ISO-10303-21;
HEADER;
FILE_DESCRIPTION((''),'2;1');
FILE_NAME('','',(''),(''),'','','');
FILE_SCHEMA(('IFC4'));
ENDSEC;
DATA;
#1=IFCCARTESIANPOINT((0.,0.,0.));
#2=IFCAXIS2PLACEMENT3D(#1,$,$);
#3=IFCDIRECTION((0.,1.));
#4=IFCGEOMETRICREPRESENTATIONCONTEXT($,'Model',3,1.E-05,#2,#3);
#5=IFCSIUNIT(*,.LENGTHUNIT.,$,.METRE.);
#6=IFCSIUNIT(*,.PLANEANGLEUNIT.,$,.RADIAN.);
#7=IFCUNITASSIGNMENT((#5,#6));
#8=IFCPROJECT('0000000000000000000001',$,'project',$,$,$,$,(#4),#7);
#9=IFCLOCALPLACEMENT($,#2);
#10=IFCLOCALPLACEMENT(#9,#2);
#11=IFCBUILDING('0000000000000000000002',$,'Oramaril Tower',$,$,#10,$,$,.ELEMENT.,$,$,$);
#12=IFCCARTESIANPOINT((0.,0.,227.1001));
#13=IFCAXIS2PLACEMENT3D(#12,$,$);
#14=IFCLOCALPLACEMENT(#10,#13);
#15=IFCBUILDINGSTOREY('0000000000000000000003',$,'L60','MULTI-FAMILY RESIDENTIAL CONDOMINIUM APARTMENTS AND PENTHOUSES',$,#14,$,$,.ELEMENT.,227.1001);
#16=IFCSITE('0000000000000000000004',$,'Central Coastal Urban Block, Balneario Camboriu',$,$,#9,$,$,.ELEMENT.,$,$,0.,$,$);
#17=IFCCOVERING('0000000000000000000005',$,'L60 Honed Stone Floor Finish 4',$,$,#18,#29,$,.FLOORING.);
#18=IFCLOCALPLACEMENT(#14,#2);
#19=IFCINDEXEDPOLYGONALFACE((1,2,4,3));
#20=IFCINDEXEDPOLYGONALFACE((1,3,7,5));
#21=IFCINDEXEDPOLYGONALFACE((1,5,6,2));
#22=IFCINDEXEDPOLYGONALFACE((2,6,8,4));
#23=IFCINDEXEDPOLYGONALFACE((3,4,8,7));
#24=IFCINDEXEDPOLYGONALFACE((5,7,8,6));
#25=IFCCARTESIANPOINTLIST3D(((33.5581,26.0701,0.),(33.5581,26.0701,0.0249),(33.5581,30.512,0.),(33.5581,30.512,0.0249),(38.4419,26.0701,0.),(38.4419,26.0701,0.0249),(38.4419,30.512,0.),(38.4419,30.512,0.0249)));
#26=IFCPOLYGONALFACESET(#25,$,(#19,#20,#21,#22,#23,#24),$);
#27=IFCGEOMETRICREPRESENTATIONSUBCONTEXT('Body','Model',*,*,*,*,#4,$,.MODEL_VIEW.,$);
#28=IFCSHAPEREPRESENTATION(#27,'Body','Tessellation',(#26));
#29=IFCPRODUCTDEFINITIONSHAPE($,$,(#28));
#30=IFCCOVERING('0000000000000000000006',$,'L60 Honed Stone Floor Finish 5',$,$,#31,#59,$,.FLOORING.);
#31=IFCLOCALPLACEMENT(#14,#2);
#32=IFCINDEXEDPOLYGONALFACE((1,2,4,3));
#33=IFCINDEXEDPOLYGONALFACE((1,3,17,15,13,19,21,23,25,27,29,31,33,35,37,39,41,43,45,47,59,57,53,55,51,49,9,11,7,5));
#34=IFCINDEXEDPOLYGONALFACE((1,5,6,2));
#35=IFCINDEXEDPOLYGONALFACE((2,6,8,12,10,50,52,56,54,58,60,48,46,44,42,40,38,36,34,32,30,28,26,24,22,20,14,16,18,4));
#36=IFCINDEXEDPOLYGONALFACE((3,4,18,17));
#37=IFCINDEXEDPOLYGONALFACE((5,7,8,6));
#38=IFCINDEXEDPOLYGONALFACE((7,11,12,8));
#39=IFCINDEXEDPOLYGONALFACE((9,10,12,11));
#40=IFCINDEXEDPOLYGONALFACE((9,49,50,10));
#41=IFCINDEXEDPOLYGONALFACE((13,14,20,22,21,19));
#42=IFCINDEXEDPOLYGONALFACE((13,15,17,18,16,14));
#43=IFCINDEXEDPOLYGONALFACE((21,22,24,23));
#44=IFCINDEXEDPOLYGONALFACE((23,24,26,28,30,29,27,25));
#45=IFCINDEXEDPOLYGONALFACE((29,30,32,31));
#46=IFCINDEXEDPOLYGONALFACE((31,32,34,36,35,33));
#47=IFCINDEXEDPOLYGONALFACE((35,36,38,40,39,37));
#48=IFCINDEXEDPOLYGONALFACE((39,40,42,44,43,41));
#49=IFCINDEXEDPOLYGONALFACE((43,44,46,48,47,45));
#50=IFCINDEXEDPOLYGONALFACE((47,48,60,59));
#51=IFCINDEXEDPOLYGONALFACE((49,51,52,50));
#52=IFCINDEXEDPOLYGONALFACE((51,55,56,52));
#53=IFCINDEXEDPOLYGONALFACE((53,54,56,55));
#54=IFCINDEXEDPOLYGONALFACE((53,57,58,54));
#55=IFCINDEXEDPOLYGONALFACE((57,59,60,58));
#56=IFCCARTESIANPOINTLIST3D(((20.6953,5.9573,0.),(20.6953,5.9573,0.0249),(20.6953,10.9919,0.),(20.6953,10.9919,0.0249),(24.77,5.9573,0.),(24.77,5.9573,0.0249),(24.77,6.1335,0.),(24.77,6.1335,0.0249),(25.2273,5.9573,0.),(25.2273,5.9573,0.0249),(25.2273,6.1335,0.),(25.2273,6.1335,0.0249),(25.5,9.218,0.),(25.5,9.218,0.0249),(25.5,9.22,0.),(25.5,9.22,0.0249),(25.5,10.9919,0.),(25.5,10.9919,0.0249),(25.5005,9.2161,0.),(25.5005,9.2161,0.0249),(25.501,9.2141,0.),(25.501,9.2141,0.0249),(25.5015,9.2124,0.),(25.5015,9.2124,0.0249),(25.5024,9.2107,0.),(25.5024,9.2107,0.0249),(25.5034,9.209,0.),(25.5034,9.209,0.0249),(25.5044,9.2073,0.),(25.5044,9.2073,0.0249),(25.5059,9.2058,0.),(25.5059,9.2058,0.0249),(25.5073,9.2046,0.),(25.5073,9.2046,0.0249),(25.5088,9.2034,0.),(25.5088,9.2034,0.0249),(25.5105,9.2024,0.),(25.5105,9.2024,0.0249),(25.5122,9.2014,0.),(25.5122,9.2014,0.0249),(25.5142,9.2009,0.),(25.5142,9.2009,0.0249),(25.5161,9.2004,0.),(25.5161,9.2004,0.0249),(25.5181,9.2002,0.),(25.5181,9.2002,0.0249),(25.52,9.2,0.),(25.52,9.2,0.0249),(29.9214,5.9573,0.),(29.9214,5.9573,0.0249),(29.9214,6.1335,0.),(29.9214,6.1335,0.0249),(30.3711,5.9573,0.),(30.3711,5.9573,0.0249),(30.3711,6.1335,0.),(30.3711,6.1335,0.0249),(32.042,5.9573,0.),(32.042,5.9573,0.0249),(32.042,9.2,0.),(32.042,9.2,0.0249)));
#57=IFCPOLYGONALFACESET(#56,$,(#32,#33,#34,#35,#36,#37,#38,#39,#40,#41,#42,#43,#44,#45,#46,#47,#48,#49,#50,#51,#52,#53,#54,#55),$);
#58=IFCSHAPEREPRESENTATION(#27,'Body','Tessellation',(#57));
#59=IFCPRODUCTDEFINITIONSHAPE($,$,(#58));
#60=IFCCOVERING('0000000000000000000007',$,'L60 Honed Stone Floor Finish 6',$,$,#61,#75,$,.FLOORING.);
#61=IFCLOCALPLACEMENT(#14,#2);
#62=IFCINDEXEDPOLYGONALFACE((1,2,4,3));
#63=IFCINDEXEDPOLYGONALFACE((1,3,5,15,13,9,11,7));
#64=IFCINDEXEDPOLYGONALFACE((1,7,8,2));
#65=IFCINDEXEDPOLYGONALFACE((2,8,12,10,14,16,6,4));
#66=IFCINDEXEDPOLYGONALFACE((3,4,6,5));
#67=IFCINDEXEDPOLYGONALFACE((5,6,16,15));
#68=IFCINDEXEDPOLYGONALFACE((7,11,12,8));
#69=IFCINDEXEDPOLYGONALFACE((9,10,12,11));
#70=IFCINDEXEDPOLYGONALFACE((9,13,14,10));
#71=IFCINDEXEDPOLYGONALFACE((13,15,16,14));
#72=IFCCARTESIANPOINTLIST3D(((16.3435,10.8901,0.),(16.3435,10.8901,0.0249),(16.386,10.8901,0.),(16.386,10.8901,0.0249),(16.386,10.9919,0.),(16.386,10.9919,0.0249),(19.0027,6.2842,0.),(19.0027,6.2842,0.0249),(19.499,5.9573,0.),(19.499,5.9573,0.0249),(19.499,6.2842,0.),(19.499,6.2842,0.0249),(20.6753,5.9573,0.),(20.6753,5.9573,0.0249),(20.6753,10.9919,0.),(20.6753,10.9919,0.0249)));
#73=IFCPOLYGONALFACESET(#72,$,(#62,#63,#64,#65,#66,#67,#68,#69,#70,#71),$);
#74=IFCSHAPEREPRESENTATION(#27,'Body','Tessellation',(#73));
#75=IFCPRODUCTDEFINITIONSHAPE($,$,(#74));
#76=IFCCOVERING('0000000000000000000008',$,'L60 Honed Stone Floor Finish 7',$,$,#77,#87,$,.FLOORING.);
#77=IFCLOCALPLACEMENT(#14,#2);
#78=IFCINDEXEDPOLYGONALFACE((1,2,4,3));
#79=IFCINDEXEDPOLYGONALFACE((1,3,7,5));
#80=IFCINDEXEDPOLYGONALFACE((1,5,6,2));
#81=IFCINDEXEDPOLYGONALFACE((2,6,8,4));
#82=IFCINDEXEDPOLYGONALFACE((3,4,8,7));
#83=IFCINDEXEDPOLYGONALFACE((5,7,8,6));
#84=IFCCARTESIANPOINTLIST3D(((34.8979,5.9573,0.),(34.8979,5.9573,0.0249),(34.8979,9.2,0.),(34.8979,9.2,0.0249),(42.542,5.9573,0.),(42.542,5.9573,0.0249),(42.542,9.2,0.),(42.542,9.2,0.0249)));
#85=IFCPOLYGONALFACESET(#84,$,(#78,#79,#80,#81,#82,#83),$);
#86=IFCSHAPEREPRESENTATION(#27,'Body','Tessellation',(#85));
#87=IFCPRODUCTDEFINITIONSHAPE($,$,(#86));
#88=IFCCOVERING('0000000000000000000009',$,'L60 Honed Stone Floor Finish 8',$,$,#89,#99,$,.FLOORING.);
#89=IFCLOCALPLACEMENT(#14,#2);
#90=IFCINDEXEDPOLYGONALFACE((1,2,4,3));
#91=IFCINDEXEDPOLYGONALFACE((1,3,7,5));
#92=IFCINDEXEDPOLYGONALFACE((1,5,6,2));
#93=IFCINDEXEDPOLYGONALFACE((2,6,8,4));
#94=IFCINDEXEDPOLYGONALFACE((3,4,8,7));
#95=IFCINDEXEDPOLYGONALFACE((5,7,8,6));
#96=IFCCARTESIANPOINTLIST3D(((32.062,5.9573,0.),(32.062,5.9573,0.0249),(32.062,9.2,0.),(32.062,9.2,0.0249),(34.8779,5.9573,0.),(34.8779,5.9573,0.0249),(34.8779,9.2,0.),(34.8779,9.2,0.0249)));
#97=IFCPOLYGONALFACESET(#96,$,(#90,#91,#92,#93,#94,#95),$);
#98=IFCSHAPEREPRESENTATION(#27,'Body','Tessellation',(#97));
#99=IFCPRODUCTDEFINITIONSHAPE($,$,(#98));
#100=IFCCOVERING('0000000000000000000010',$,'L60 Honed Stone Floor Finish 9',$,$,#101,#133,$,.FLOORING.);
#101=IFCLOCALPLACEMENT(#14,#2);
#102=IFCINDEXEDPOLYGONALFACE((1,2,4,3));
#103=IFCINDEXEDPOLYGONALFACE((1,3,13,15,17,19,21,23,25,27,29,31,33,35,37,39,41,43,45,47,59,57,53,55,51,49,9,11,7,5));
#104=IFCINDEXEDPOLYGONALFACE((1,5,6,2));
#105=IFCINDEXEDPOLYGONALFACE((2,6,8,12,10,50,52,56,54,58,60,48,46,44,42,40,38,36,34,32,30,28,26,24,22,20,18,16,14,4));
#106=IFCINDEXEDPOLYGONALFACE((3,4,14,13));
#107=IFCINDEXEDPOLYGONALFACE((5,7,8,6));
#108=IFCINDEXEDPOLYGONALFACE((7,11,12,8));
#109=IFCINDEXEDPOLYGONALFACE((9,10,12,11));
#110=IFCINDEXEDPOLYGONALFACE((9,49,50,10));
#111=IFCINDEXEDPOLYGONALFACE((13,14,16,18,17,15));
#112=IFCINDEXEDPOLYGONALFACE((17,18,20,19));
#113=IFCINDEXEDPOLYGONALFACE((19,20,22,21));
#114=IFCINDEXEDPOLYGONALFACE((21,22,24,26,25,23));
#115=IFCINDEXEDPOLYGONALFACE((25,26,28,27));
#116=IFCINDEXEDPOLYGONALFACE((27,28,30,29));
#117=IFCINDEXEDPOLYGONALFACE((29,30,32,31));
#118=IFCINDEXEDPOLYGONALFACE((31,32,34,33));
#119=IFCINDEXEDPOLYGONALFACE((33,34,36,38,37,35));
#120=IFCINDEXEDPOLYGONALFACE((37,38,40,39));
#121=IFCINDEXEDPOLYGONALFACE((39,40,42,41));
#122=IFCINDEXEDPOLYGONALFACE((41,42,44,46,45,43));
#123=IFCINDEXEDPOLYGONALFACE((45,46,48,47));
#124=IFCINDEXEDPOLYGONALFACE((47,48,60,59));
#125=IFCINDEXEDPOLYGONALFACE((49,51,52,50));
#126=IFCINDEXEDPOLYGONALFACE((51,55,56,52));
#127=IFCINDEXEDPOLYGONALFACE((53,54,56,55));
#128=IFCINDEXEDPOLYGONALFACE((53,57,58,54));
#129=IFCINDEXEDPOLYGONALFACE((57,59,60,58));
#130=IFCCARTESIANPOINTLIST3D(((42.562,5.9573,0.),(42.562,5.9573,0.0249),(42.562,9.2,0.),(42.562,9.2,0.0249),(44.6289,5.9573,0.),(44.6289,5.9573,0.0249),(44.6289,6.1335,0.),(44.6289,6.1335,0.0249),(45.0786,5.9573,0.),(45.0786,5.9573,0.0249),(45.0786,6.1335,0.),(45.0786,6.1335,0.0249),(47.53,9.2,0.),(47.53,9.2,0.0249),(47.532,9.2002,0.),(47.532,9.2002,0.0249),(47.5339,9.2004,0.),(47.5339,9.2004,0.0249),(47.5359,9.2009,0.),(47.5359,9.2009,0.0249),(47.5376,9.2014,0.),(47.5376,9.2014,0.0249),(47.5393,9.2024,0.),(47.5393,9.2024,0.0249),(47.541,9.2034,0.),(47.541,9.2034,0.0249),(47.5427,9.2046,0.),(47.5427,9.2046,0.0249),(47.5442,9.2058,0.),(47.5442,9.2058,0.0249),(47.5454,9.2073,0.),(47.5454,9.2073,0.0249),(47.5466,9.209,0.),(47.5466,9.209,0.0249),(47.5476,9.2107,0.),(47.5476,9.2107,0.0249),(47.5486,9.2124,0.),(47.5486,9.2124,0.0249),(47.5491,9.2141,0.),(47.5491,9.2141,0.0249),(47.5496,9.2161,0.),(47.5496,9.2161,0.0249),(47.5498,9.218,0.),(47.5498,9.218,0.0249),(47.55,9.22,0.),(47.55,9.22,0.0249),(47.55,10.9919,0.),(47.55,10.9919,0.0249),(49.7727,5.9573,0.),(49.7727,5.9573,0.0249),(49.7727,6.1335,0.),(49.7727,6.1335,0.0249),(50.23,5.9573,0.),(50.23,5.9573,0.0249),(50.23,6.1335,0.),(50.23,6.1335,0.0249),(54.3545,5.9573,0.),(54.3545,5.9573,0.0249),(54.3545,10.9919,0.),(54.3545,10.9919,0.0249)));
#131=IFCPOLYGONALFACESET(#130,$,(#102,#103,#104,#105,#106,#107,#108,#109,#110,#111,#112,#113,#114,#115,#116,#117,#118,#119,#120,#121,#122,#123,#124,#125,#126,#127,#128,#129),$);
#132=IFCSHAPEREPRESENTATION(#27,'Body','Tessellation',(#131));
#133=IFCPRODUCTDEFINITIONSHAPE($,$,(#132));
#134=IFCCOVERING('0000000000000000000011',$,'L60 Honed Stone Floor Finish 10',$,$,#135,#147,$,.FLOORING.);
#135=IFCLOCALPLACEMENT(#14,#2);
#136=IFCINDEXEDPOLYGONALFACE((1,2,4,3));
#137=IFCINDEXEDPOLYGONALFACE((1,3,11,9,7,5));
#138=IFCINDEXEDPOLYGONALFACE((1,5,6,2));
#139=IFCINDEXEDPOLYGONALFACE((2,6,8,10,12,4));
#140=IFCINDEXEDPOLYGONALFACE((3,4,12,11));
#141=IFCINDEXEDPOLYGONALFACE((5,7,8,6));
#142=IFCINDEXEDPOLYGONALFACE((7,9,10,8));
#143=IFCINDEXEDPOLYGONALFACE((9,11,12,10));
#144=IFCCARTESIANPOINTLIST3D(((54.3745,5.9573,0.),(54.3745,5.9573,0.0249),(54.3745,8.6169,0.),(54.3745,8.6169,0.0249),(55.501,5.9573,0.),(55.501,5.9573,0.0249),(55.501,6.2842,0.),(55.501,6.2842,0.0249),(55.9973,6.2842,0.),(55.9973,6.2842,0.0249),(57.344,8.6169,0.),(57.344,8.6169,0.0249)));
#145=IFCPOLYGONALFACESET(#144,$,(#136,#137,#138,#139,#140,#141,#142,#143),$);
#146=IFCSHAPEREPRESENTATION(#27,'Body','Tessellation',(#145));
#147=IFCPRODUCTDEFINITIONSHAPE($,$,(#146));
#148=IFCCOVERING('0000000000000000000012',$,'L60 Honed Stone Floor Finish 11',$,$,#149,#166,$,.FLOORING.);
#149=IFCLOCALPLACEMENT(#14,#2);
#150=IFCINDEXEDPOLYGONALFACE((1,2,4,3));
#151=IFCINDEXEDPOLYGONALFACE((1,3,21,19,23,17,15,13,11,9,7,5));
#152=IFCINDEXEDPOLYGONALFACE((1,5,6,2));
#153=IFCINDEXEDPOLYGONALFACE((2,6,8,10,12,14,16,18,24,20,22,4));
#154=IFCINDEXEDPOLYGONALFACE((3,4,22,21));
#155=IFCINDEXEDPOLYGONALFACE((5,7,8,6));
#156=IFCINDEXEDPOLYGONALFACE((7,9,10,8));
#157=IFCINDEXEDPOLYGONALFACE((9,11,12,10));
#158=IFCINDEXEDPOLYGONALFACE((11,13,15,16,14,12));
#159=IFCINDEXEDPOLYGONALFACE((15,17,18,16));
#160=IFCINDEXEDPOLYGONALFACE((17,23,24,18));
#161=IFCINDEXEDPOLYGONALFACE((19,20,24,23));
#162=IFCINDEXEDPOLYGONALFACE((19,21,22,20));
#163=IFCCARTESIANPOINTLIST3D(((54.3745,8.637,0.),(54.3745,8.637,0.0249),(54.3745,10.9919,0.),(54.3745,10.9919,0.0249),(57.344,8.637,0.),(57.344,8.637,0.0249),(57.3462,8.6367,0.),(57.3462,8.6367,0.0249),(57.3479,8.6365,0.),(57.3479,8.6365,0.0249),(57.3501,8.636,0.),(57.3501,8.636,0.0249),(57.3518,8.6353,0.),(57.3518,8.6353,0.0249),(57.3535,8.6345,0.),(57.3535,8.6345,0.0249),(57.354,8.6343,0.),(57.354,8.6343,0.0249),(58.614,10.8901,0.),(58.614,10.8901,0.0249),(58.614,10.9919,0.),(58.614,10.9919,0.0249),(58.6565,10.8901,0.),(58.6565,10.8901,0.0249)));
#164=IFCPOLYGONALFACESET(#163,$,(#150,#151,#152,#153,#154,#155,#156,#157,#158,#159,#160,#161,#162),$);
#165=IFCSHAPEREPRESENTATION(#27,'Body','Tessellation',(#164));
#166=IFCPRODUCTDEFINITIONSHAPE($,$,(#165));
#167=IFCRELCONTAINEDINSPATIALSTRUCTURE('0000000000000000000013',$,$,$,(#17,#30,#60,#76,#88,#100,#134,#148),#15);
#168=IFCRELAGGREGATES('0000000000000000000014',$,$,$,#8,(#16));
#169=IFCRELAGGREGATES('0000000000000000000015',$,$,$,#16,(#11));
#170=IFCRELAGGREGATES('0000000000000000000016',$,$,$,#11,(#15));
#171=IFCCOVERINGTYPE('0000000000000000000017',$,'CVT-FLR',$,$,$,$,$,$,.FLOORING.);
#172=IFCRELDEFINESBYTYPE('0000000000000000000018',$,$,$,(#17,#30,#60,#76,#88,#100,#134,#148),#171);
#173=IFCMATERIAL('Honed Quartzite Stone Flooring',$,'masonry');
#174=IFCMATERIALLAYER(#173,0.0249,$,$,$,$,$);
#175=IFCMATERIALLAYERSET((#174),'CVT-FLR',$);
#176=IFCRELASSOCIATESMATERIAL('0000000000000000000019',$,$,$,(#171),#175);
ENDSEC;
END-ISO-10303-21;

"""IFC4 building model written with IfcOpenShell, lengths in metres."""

from ifc_helpers import new_model, si_unit, direction, frame, origin, place, context, subcontext, project, spatial, polyline, outline, extrude, material, layer, layer_set, type_object, element, save


model = new_model("IFC4")

# Units and contexts
model_context = context("Model", 3, precision=1e-05, world=origin(), true_north=direction((0.0, 1.0)))
body_context = subcontext(model_context, "Body", "Model", "MODEL_VIEW")
ifc_project = project(units=[si_unit("LENGTHUNIT", "METRE"), si_unit("PLANEANGLEUNIT", "RADIAN")], contexts=[model_context])

# Site, building, storey
site_placement = place(None, origin())
site = spatial("IfcSite", under=ifc_project, at=site_placement, Name="Central Coastal Urban Block, Balneario Camboriu", CompositionType="ELEMENT", RefElevation=0.0)
building_placement = place(site_placement, origin())
building = spatial("IfcBuilding", under=site, at=building_placement, Name="Oramaril Tower", CompositionType="ELEMENT")
storey_placement = place(building_placement, frame((0.0, 0.0, 227.1001)))
storey = spatial("IfcBuildingStorey", under=building, at=storey_placement, Name="L60", Description="MULTI-FAMILY RESIDENTIAL CONDOMINIUM APARTMENTS AND PENTHOUSES", CompositionType="ELEMENT", Elevation=227.1001)

# Coverings
ifc_material_1 = material(Name="Honed Quartzite Stone Flooring", Category="masonry")
ifc_layer_1 = layer(ifc_material_1, 0.0249)
ifc_layer_set_1 = layer_set([ifc_layer_1], Name="CVT-FLR")
covering_type = type_object("IfcCoveringType", Name="CVT-FLR", PredefinedType="FLOORING", material=ifc_layer_set_1)
covering_1_placement = place(storey_placement, origin())
element("IfcCovering", 1, at=covering_1_placement, inside=storey, type_object=covering_type, Name="L60 Honed Stone Floor Finish 4", PredefinedType="FLOORING", context=body_context, shape_type="SweptSolid", body=[
    extrude(outline(polyline([(38.4419, 30.512), (38.4419, 26.0701), (33.5581, 26.0701), (33.5581, 30.512), (38.4419, 30.512)])), origin(), (0.0, 0.0, 1.0), 0.0249),
])
covering_2_placement = place(storey_placement, origin())
element("IfcCovering", 2, at=covering_2_placement, inside=storey, type_object=covering_type, Name="L60 Honed Stone Floor Finish 5", PredefinedType="FLOORING", context=body_context, shape_type="SweptSolid", body=[
    extrude(outline(polyline([(32.042, 5.9573), (30.3711, 5.9573), (30.3711, 6.1335), (29.9214, 6.1335), (29.9214, 5.9573), (25.2273, 5.9573), (25.2273, 6.1335), (24.77, 6.1335), (24.77, 5.9573), (20.6953, 5.9573), (20.6953, 10.9919), (25.5, 10.9919), (25.5, 9.22), (25.5, 9.218), (25.5005, 9.2161), (25.501, 9.2141), (25.5015, 9.2124), (25.5024, 9.2107), (25.5034, 9.209), (25.5044, 9.2073), (25.5059, 9.2058), (25.5073, 9.2046), (25.5088, 9.2034), (25.5105, 9.2024), (25.5122, 9.2014), (25.5142, 9.2009), (25.5161, 9.2004), (25.5181, 9.2002), (25.52, 9.2), (32.042, 9.2), (32.042, 5.9573)])), origin(), (0.0, 0.0, 1.0), 0.0249),
])
covering_3_placement = place(storey_placement, origin())
element("IfcCovering", 3, at=covering_3_placement, inside=storey, type_object=covering_type, Name="L60 Honed Stone Floor Finish 6", PredefinedType="FLOORING", context=body_context, shape_type="SweptSolid", body=[
    extrude(outline(polyline([(19.499, 5.9573), (19.499, 6.2842), (19.0027, 6.2842), (16.3435, 10.8901), (16.386, 10.8901), (16.386, 10.9919), (20.6753, 10.9919), (20.6753, 5.9573), (19.499, 5.9573)])), origin(), (0.0, 0.0, 1.0), 0.0249),
])
covering_4_placement = place(storey_placement, origin())
element("IfcCovering", 4, at=covering_4_placement, inside=storey, type_object=covering_type, Name="L60 Honed Stone Floor Finish 7", PredefinedType="FLOORING", context=body_context, shape_type="SweptSolid", body=[
    extrude(outline(polyline([(34.8979, 5.9573), (34.8979, 9.2), (42.542, 9.2), (42.542, 5.9573), (34.8979, 5.9573)])), origin(), (0.0, 0.0, 1.0), 0.0249),
])
covering_5_placement = place(storey_placement, origin())
element("IfcCovering", 5, at=covering_5_placement, inside=storey, type_object=covering_type, Name="L60 Honed Stone Floor Finish 8", PredefinedType="FLOORING", context=body_context, shape_type="SweptSolid", body=[
    extrude(outline(polyline([(32.062, 5.9573), (32.062, 9.2), (34.8779, 9.2), (34.8779, 5.9573), (32.062, 5.9573)])), origin(), (0.0, 0.0, 1.0), 0.0249),
])
covering_6_placement = place(storey_placement, origin())
element("IfcCovering", 6, at=covering_6_placement, inside=storey, type_object=covering_type, Name="L60 Honed Stone Floor Finish 9", PredefinedType="FLOORING", context=body_context, shape_type="SweptSolid", body=[
    extrude(outline(polyline([(54.3545, 10.9919), (54.3545, 5.9573), (50.23, 5.9573), (50.23, 6.1335), (49.7727, 6.1335), (49.7727, 5.9573), (45.0786, 5.9573), (45.0786, 6.1335), (44.6289, 6.1335), (44.6289, 5.9573), (42.562, 5.9573), (42.562, 9.2), (47.53, 9.2), (47.532, 9.2002), (47.5339, 9.2004), (47.5359, 9.2009), (47.5376, 9.2014), (47.5393, 9.2024), (47.541, 9.2034), (47.5427, 9.2046), (47.5442, 9.2058), (47.5454, 9.2073), (47.5466, 9.209), (47.5476, 9.2107), (47.5486, 9.2124), (47.5491, 9.2141), (47.5496, 9.2161), (47.5498, 9.218), (47.55, 9.22), (47.55, 10.9919), (54.3545, 10.9919)])), origin(), (0.0, 0.0, 1.0), 0.0249),
])
covering_7_placement = place(storey_placement, origin())
element("IfcCovering", 7, at=covering_7_placement, inside=storey, type_object=covering_type, Name="L60 Honed Stone Floor Finish 10", PredefinedType="FLOORING", context=body_context, shape_type="SweptSolid", body=[
    extrude(outline(polyline([(55.9973, 6.2842), (55.501, 6.2842), (55.501, 5.9573), (54.3745, 5.9573), (54.3745, 8.6169), (57.344, 8.6169), (55.9973, 6.2842)])), origin(), (0.0, 0.0, 1.0), 0.0249),
])
covering_8_placement = place(storey_placement, origin())
element("IfcCovering", 8, at=covering_8_placement, inside=storey, type_object=covering_type, Name="L60 Honed Stone Floor Finish 11", PredefinedType="FLOORING", context=body_context, shape_type="SweptSolid", body=[
    extrude(outline(polyline([(58.614, 10.8901), (58.6565, 10.8901), (57.354, 8.6343), (57.3535, 8.6345), (57.3518, 8.6353), (57.3501, 8.636), (57.3479, 8.6365), (57.3462, 8.6367), (57.344, 8.637), (54.3745, 8.637), (54.3745, 10.9919), (58.614, 10.9919), (58.614, 10.8901)])), origin(), (0.0, 0.0, 1.0), 0.0249),
])

save(model, "model.ifc")
